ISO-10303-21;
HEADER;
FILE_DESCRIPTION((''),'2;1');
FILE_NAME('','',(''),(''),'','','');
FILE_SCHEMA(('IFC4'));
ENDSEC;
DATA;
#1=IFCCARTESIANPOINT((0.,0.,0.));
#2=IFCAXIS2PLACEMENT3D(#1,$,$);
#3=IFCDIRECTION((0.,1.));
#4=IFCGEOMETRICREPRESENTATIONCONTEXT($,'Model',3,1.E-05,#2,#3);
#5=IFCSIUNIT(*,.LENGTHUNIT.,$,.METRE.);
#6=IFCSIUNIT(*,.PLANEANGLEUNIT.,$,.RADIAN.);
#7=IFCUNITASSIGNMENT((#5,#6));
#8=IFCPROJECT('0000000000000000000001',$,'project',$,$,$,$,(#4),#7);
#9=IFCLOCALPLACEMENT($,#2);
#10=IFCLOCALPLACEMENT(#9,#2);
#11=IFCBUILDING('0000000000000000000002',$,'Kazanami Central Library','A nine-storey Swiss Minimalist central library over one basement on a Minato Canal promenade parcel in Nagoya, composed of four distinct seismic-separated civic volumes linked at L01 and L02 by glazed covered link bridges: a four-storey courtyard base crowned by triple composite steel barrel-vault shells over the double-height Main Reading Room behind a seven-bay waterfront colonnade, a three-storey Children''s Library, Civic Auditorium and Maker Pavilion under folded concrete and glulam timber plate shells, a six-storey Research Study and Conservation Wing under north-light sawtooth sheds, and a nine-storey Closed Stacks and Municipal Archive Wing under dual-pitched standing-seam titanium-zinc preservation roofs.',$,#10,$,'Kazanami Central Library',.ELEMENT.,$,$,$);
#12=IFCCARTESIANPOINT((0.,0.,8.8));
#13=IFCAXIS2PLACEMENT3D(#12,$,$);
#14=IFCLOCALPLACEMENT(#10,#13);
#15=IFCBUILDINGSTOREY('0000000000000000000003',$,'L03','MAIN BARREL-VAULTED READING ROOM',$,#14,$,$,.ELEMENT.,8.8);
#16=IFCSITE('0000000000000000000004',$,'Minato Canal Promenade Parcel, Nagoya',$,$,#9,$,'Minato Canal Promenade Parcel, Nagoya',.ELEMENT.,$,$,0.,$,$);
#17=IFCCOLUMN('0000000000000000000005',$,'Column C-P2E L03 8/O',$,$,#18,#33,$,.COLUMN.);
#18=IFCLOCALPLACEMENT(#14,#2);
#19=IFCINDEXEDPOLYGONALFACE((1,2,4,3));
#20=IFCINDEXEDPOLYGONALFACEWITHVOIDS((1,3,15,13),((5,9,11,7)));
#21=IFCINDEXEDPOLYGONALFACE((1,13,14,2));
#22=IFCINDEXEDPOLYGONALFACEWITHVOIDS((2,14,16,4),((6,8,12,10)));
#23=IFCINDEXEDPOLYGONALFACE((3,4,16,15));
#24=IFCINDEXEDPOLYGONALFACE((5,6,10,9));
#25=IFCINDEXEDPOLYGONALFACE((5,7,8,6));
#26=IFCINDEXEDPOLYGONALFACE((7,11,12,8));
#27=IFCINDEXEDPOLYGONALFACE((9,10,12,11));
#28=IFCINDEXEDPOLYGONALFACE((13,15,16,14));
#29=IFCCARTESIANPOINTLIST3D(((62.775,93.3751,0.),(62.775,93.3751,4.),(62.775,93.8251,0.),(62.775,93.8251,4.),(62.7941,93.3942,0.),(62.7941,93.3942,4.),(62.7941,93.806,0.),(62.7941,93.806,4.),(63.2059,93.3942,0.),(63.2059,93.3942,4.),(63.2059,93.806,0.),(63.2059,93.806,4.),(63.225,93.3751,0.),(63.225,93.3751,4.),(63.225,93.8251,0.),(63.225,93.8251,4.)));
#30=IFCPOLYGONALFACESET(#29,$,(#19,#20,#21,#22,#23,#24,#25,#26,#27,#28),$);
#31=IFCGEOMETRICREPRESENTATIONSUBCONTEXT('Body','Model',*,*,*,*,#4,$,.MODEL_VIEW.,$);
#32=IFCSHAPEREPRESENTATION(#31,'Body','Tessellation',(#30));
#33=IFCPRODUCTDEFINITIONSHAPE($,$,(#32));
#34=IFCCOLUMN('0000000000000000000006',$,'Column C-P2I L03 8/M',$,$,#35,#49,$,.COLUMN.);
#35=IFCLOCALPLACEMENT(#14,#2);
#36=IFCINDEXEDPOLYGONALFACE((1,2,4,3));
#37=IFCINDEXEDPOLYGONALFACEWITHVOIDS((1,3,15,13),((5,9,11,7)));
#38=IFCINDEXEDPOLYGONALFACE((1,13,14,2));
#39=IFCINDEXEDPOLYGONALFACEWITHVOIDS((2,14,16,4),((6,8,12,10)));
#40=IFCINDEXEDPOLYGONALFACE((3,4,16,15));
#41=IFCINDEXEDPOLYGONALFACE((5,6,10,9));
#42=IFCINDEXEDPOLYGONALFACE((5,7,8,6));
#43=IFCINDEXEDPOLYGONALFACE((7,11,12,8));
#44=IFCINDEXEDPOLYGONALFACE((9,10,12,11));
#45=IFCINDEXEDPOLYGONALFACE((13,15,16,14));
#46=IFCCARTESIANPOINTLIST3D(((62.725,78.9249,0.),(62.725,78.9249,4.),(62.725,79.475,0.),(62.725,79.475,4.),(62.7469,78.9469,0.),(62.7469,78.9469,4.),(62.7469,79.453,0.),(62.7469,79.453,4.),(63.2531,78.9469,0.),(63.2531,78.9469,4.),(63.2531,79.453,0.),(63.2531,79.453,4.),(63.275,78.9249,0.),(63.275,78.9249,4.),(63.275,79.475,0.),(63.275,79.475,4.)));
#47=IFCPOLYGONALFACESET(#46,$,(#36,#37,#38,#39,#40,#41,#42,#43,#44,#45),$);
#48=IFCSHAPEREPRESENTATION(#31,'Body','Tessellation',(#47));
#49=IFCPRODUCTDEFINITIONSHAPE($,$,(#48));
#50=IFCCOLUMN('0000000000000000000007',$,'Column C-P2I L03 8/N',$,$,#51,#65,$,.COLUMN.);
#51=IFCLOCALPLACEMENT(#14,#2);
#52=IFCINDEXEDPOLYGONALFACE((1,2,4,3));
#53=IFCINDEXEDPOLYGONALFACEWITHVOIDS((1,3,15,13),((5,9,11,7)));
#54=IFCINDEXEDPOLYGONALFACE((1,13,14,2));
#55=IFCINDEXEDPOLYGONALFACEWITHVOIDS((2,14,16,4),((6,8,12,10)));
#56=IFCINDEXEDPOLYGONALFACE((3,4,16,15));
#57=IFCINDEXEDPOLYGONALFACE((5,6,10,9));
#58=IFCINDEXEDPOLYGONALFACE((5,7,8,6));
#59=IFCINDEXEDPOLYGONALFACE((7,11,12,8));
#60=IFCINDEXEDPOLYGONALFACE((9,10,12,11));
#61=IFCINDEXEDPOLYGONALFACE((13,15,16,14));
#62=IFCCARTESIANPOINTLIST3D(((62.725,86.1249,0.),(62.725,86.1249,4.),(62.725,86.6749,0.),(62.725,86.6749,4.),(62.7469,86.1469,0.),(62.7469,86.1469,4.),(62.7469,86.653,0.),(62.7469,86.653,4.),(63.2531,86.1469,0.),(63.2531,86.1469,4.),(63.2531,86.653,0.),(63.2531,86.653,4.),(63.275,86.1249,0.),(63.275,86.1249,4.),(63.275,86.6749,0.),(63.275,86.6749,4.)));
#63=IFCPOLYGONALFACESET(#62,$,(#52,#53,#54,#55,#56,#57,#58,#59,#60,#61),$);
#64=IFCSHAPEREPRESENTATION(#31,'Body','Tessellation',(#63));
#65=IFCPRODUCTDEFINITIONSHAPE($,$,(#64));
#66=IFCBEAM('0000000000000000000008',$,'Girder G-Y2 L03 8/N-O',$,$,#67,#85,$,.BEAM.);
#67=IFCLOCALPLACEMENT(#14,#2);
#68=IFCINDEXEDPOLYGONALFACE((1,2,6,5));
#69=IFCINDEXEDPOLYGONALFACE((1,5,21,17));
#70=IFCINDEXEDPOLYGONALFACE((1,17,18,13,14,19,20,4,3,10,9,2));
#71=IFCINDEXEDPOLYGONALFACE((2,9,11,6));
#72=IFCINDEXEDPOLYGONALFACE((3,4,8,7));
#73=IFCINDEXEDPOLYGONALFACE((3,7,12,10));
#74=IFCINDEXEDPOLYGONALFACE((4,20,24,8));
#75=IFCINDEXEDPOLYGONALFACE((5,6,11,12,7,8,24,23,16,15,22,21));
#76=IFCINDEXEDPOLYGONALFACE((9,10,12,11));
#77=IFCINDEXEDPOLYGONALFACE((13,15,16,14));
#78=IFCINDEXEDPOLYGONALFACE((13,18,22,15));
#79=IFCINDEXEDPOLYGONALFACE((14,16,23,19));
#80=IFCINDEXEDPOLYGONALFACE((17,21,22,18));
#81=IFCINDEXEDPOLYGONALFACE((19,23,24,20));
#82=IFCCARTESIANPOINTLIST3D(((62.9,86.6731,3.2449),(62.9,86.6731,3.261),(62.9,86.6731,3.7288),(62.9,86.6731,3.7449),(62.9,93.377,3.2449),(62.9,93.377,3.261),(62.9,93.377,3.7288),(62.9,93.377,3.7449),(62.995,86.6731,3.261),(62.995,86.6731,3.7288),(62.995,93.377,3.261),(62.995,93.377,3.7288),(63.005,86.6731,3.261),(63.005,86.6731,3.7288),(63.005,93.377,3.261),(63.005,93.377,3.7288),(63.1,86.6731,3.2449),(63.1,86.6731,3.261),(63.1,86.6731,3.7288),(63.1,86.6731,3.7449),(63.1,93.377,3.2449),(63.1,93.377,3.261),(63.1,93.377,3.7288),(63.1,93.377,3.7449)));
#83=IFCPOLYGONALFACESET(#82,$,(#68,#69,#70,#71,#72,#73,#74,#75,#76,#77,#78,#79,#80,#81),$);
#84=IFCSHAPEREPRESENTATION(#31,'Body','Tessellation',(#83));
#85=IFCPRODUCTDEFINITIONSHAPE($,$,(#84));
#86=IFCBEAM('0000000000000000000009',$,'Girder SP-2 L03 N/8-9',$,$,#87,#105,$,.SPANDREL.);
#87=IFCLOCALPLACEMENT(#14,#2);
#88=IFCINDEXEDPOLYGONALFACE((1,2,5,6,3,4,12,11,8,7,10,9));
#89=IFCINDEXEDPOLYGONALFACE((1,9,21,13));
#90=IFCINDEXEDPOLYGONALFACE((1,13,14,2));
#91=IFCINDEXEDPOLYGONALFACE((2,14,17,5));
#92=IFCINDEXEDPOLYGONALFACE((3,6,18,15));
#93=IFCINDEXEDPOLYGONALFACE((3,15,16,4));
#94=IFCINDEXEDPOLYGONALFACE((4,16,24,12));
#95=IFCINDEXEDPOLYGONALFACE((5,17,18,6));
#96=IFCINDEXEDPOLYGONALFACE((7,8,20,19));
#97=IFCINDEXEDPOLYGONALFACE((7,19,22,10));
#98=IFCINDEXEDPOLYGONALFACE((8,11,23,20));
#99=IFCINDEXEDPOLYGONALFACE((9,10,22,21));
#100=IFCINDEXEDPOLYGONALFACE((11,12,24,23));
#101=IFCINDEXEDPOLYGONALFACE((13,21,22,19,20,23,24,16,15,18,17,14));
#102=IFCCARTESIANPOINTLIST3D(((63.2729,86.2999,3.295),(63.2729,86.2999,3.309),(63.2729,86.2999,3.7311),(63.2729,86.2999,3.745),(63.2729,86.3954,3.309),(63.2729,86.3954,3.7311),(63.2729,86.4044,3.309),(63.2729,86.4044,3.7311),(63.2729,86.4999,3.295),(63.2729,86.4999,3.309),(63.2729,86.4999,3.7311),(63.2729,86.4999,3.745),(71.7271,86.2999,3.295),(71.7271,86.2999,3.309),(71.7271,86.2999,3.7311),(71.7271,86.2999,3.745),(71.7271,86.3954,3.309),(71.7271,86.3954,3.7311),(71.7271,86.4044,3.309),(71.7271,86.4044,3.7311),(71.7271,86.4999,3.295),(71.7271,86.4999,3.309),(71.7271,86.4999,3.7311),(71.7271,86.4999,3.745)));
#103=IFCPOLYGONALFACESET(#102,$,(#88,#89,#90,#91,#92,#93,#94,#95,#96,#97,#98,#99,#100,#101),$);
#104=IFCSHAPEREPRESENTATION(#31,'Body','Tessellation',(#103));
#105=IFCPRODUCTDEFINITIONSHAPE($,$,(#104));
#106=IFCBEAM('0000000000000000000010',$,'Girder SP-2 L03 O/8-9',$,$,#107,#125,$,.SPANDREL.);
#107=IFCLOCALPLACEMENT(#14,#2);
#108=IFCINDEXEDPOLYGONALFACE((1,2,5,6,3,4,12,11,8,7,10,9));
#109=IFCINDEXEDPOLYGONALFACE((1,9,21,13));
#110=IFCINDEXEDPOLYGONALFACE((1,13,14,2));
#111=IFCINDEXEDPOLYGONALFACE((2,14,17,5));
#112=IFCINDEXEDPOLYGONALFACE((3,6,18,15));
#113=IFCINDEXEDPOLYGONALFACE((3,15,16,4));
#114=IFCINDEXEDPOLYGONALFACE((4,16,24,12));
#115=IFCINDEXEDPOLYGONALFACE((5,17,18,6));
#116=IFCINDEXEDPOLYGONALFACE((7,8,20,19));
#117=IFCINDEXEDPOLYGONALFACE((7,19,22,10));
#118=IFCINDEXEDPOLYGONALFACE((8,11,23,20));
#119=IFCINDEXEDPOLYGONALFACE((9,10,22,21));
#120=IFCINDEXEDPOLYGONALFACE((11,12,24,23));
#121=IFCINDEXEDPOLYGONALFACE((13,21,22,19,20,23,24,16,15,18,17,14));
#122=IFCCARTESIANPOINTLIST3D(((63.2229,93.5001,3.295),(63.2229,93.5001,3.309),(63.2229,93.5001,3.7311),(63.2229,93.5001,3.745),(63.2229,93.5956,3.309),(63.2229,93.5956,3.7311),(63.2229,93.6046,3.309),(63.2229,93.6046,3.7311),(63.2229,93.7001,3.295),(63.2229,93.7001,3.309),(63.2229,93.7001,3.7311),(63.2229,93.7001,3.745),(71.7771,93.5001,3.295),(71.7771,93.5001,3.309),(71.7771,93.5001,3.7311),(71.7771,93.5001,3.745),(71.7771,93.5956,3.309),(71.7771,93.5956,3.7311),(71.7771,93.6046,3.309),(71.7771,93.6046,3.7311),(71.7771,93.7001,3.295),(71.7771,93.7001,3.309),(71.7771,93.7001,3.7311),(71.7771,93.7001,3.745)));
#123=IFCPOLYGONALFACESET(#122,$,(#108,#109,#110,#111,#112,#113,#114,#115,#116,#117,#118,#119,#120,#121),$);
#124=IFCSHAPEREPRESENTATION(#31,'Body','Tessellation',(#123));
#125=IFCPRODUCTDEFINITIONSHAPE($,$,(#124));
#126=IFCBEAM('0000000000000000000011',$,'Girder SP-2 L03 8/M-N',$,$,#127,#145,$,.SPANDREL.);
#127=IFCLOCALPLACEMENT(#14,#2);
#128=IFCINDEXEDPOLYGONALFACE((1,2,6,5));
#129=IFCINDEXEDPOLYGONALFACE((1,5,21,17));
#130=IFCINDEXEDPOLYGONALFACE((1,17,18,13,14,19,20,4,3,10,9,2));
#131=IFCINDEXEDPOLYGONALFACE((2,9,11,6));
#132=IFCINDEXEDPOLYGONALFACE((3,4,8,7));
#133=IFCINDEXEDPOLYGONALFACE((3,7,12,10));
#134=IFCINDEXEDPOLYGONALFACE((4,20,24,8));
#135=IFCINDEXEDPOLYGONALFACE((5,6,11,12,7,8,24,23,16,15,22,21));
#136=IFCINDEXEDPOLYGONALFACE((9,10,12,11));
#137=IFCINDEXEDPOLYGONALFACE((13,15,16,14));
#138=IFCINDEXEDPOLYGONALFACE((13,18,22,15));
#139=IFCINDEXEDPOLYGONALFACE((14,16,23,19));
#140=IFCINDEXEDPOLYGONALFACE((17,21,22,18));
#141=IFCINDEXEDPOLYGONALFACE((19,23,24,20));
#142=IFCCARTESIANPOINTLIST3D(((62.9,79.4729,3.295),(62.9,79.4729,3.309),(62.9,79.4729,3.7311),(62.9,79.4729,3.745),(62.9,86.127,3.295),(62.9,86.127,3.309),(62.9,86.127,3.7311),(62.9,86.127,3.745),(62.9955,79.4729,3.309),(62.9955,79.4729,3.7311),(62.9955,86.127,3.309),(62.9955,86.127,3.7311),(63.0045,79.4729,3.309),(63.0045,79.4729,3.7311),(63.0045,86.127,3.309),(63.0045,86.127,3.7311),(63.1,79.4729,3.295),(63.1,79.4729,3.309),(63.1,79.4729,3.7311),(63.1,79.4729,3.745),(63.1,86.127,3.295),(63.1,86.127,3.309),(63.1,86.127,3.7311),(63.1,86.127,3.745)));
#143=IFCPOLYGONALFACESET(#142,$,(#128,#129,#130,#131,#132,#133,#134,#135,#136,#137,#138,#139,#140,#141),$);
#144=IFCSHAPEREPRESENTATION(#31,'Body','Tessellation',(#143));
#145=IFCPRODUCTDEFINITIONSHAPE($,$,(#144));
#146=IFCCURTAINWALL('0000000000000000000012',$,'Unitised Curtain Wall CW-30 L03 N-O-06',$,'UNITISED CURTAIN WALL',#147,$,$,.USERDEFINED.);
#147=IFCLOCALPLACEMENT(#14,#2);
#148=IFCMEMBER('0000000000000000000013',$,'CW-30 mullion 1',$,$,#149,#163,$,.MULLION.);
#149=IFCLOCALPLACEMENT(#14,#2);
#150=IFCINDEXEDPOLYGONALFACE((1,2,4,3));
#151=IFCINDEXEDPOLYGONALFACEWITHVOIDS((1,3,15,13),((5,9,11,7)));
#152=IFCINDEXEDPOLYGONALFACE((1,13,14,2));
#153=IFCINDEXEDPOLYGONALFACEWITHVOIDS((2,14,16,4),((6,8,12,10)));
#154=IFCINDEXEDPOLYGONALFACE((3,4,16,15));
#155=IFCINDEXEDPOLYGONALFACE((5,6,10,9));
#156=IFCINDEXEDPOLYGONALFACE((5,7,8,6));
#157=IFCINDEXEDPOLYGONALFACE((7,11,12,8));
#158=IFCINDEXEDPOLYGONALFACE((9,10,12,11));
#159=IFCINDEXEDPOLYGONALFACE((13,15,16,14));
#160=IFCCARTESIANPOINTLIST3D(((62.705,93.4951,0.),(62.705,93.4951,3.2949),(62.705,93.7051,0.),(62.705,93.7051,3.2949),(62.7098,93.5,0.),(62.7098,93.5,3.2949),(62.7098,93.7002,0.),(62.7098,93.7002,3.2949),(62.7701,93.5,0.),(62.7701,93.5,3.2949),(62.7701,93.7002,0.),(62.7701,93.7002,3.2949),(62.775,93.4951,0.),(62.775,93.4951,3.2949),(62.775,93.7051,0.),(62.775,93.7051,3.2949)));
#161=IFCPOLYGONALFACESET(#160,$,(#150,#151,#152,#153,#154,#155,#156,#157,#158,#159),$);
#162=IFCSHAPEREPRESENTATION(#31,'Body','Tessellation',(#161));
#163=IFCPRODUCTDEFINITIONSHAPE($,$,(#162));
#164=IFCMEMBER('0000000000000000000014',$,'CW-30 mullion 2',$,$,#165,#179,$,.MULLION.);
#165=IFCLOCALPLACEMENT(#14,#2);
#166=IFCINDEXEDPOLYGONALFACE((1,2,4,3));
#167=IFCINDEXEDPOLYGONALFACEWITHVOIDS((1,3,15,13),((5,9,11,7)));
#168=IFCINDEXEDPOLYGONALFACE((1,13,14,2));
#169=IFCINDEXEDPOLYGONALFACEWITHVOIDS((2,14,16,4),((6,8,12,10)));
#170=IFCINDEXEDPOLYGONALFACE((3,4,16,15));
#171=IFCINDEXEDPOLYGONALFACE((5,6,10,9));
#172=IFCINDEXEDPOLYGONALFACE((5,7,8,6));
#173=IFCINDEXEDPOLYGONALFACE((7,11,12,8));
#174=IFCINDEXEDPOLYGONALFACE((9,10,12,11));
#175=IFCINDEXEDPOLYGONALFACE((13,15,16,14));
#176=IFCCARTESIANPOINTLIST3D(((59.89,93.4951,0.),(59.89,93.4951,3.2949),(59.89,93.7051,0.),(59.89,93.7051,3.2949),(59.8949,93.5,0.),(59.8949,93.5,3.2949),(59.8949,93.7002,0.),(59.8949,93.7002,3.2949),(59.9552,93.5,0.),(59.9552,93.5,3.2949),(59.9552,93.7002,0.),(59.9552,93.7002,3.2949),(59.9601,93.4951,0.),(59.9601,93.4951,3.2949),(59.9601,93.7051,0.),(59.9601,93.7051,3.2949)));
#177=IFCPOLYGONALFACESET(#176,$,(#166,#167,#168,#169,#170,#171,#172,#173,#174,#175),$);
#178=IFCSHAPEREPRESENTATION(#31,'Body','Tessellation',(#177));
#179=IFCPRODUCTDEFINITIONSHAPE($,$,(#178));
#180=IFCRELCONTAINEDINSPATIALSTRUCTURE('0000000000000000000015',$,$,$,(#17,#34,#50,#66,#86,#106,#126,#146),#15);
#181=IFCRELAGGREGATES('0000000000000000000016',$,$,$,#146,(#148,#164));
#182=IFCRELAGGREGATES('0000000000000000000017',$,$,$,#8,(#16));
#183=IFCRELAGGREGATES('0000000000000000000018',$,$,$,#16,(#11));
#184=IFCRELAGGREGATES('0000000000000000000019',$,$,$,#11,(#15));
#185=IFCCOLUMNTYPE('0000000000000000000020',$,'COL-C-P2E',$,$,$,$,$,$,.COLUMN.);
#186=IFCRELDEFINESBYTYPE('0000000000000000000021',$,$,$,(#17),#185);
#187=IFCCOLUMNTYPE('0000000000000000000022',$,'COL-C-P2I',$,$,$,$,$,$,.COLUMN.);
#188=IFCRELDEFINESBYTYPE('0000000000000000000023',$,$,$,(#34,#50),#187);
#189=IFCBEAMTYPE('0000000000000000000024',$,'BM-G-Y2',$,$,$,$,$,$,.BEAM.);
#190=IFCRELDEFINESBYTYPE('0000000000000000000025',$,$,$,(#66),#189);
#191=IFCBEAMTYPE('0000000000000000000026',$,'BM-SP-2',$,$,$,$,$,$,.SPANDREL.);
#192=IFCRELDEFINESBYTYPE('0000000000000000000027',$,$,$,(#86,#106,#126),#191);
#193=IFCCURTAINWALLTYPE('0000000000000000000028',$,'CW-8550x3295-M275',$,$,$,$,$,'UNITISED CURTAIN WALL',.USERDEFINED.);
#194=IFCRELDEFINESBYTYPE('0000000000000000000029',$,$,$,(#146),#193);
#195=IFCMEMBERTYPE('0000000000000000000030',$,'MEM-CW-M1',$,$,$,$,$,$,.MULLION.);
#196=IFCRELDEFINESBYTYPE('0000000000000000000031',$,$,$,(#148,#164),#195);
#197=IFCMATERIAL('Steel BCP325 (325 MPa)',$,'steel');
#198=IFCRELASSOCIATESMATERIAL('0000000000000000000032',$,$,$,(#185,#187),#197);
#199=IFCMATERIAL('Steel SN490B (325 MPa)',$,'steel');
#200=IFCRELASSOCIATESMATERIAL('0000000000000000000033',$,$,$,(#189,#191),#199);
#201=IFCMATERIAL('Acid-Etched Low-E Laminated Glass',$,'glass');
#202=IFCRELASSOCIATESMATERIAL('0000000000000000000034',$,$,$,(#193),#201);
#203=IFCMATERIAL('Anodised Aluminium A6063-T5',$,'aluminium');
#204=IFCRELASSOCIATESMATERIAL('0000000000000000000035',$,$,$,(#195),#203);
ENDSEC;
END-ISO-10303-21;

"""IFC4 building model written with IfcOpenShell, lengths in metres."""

from ifc_helpers import new_model, si_unit, direction, frame, origin, origin_2d, place, context, subcontext, project, spatial, hollow_rectangle, i_section, extrude, material, material_profile, profile_set, type_object, element, aggregate, save


model = new_model("IFC4")

# Units and contexts
model_context = context("Model", 3, precision=1e-05, world=origin(), true_north=direction((0.0, 1.0)))
body_context = subcontext(model_context, "Body", "Model", "MODEL_VIEW")
ifc_project = project(units=[si_unit("LENGTHUNIT", "METRE"), si_unit("PLANEANGLEUNIT", "RADIAN")], contexts=[model_context])

# Site, building, storey
site_placement = place(None, origin())
site = spatial("IfcSite", under=ifc_project, at=site_placement, Name="Minato Canal Promenade Parcel, Nagoya", LongName="Minato Canal Promenade Parcel, Nagoya", CompositionType="ELEMENT", RefElevation=0.0)
building_placement = place(site_placement, origin())
building = spatial("IfcBuilding", under=site, at=building_placement, Name="Kazanami Central Library", Description="A nine-storey Swiss Minimalist central library over one basement on a Minato Canal promenade parcel in Nagoya, composed of four distinct seismic-separated civic volumes linked at L01 and L02 by glazed covered link bridges: a four-storey courtyard base crowned by triple composite steel barrel-vault shells over the double-height Main Reading Room behind a seven-bay waterfront colonnade, a three-storey Children's Library, Civic Auditorium and Maker Pavilion under folded concrete and glulam timber plate shells, a six-storey Research Study and Conservation Wing under north-light sawtooth sheds, and a nine-storey Closed Stacks and Municipal Archive Wing under dual-pitched standing-seam titanium-zinc preservation roofs.", LongName="Kazanami Central Library", CompositionType="ELEMENT")
storey_placement = place(building_placement, frame((0.0, 0.0, 8.8)))
storey = spatial("IfcBuildingStorey", under=building, at=storey_placement, Name="L03", Description="MAIN BARREL-VAULTED READING ROOM", CompositionType="ELEMENT", Elevation=8.8)

# Columns
ifc_material_1 = material(Name="Steel BCP325 (325 MPa)", Category="steel")
ifc_material_profile_1 = material_profile(ifc_material_1, hollow_rectangle(XDim=0.45, YDim=0.45, WallThickness=0.019, at=origin_2d()), Name="BCP-450x450x19")
ifc_profile_set_1 = profile_set([ifc_material_profile_1], Name="Steel BCP325 (325 MPa)")
column_type_1 = type_object("IfcColumnType", Name="COL-C-P2E", PredefinedType="COLUMN", material=ifc_profile_set_1)
column_placement = place(storey_placement, frame((63.0, 93.6001, 0.0), z_axis=(0.0, 0.0, 1.0), x_axis=(1.0, 0.0, 0.0)))
element("IfcColumn", 1, at=column_placement, inside=storey, type_object=column_type_1, Name="Column C-P2E L03 8/O", PredefinedType="COLUMN", context=body_context, shape_type="SweptSolid", body=[
    extrude(hollow_rectangle(XDim=0.45, YDim=0.45, WallThickness=0.019, at=origin_2d()), origin(), (0.0, 0.0, 1.0), 4.0),
])
ifc_material_profile_2 = material_profile(ifc_material_1, hollow_rectangle(XDim=0.55, YDim=0.55, WallThickness=0.022, at=origin_2d()), Name="BCP-550x550x22")
ifc_profile_set_2 = profile_set([ifc_material_profile_2], Name="Steel BCP325 (325 MPa)")
column_type_2 = type_object("IfcColumnType", Name="COL-C-P2I", PredefinedType="COLUMN", material=ifc_profile_set_2)
for number, where, z_axis, x_axis, name in (
    (2, (63.0, 79.2, 0.0), (0.0, 0.0, 1.0), (1.0, 0.0, 0.0), "Column C-P2I L03 8/M"),
    (3, (63.0, 86.3999, 0.0), (0.0, 0.0, 1.0), (1.0, 0.0, 0.0), "Column C-P2I L03 8/N"),
):
    element("IfcColumn", number, at=place(storey_placement, frame(where, z_axis=z_axis, x_axis=x_axis)), inside=storey, type_object=column_type_2, Name=name, PredefinedType="COLUMN", context=body_context, shape_type="SweptSolid", body=[
        extrude(hollow_rectangle(XDim=0.55, YDim=0.55, WallThickness=0.022, at=origin_2d()), origin(), (0.0, 0.0, 1.0), 4.0),
    ])

# Beams
ifc_material_2 = material(Name="Steel SN490B (325 MPa)", Category="steel")
ifc_material_profile_3 = material_profile(ifc_material_2, i_section(OverallWidth=0.2, OverallDepth=0.5, WebThickness=0.01, FlangeThickness=0.0161, at=origin_2d()), Name="H-500x200x10x16")
ifc_profile_set_3 = profile_set([ifc_material_profile_3], Name="Steel SN490B (325 MPa)")
beam_type_1 = type_object("IfcBeamType", Name="BM-G-Y2", PredefinedType="BEAM", material=ifc_profile_set_3)
beam_1_placement = place(storey_placement, frame((63.0, 86.6731, 3.4949), z_axis=(0.0, 1.0, 0.0), x_axis=(-1.0, 0.0, 0.0)))
element("IfcBeam", 4, at=beam_1_placement, inside=storey, type_object=beam_type_1, Name="Girder G-Y2 L03 8/N-O", PredefinedType="BEAM", context=body_context, shape_type="SweptSolid", body=[
    extrude(i_section(OverallWidth=0.2, OverallDepth=0.5, WebThickness=0.01, FlangeThickness=0.0161, at=origin_2d()), origin(), (0.0, 0.0, 1.0), 6.7039),
])
ifc_material_profile_4 = material_profile(ifc_material_2, i_section(OverallWidth=0.2, OverallDepth=0.45, WebThickness=0.009, FlangeThickness=0.0139, at=origin_2d()), Name="H-450x200x9x14")
ifc_profile_set_4 = profile_set([ifc_material_profile_4], Name="Steel SN490B (325 MPa)")
beam_type_2 = type_object("IfcBeamType", Name="BM-SP-2", PredefinedType="SPANDREL", material=ifc_profile_set_4)
beam_2_placement = place(storey_placement, frame((63.2729, 86.3999, 3.52), z_axis=(1.0, 0.0, 0.0), x_axis=(0.0, 1.0, 0.0)))
element("IfcBeam", 5, at=beam_2_placement, inside=storey, type_object=beam_type_2, Name="Girder SP-2 L03 N/8-9", PredefinedType="SPANDREL", context=body_context, shape_type="SweptSolid", body=[
    extrude(i_section(OverallWidth=0.2, OverallDepth=0.45, WebThickness=0.009, FlangeThickness=0.0139, at=origin_2d()), origin(), (0.0, 0.0, 1.0), 8.4541),
])
beam_3_placement = place(storey_placement, frame((63.2229, 93.6001, 3.52), z_axis=(1.0, 0.0, 0.0), x_axis=(0.0, 1.0, 0.0)))
element("IfcBeam", 6, at=beam_3_placement, inside=storey, type_object=beam_type_2, Name="Girder SP-2 L03 O/8-9", PredefinedType="SPANDREL", context=body_context, shape_type="SweptSolid", body=[
    extrude(i_section(OverallWidth=0.2, OverallDepth=0.45, WebThickness=0.009, FlangeThickness=0.0139, at=origin_2d()), origin(), (0.0, 0.0, 1.0), 8.5542),
])
beam_4_placement = place(storey_placement, frame((63.0, 79.4729, 3.52), z_axis=(0.0, 1.0, 0.0), x_axis=(-1.0, 0.0, 0.0)))
element("IfcBeam", 7, at=beam_4_placement, inside=storey, type_object=beam_type_2, Name="Girder SP-2 L03 8/M-N", PredefinedType="SPANDREL", context=body_context, shape_type="SweptSolid", body=[
    extrude(i_section(OverallWidth=0.2, OverallDepth=0.45, WebThickness=0.009, FlangeThickness=0.0139, at=origin_2d()), origin(), (0.0, 0.0, 1.0), 6.6541),
])

# Curtain wall, members
ifc_material_3 = material(Name="Acid-Etched Low-E Laminated Glass", Category="glass")
curtain_wall_type = type_object("IfcCurtainWallType", Name="CW-8550x3295-M275", ElementType="UNITISED CURTAIN WALL", PredefinedType="USERDEFINED", material=ifc_material_3)
curtain_wall_1_placement = place(storey_placement, origin())
curtain_wall_1 = element("IfcCurtainWall", 8, at=curtain_wall_1_placement, inside=storey, type_object=curtain_wall_type, Name="Unitised Curtain Wall CW-30 L03 N-O-06", ObjectType="UNITISED CURTAIN WALL", PredefinedType="USERDEFINED")
ifc_material_4 = material(Name="Anodised Aluminium A6063-T5", Category="aluminium")
ifc_material_profile_5 = material_profile(ifc_material_4, hollow_rectangle(XDim=0.0701, YDim=0.21, WallThickness=0.0049, at=origin_2d()), Name="ALU-MULL-70x210x5")
ifc_profile_set_5 = profile_set([ifc_material_profile_5], Name="Anodised Aluminium A6063-T5")
member_type_1 = type_object("IfcMemberType", Name="MEM-CW-M1", PredefinedType="MULLION", material=ifc_profile_set_5)
member_1_placement = place(storey_placement, frame((62.74, 93.6001, 0.0), z_axis=(0.0, 0.0, 1.0), x_axis=(-1.0, 0.0, 0.0)))
member_1 = element("IfcMember", 9, at=member_1_placement, type_object=member_type_1, Name="CW-30 mullion 1", PredefinedType="MULLION", context=body_context, shape_type="SweptSolid", body=[
    extrude(hollow_rectangle(XDim=0.0701, YDim=0.21, WallThickness=0.0049, at=origin_2d()), origin(), (0.0, 0.0, 1.0), 3.2949),
])
member_2_placement = place(storey_placement, frame((59.925, 93.6001, 0.0), z_axis=(0.0, 0.0, 1.0), x_axis=(-1.0, 0.0, 0.0)))
member_2 = element("IfcMember", 10, at=member_2_placement, type_object=member_type_1, Name="CW-30 mullion 2", PredefinedType="MULLION", context=body_context, shape_type="SweptSolid", body=[
    extrude(hollow_rectangle(XDim=0.0701, YDim=0.21, WallThickness=0.0049, at=origin_2d()), origin(), (0.0, 0.0, 1.0), 3.2949),
])

aggregate(curtain_wall_1, [member_1, member_2])

save(model, "model.ifc")
